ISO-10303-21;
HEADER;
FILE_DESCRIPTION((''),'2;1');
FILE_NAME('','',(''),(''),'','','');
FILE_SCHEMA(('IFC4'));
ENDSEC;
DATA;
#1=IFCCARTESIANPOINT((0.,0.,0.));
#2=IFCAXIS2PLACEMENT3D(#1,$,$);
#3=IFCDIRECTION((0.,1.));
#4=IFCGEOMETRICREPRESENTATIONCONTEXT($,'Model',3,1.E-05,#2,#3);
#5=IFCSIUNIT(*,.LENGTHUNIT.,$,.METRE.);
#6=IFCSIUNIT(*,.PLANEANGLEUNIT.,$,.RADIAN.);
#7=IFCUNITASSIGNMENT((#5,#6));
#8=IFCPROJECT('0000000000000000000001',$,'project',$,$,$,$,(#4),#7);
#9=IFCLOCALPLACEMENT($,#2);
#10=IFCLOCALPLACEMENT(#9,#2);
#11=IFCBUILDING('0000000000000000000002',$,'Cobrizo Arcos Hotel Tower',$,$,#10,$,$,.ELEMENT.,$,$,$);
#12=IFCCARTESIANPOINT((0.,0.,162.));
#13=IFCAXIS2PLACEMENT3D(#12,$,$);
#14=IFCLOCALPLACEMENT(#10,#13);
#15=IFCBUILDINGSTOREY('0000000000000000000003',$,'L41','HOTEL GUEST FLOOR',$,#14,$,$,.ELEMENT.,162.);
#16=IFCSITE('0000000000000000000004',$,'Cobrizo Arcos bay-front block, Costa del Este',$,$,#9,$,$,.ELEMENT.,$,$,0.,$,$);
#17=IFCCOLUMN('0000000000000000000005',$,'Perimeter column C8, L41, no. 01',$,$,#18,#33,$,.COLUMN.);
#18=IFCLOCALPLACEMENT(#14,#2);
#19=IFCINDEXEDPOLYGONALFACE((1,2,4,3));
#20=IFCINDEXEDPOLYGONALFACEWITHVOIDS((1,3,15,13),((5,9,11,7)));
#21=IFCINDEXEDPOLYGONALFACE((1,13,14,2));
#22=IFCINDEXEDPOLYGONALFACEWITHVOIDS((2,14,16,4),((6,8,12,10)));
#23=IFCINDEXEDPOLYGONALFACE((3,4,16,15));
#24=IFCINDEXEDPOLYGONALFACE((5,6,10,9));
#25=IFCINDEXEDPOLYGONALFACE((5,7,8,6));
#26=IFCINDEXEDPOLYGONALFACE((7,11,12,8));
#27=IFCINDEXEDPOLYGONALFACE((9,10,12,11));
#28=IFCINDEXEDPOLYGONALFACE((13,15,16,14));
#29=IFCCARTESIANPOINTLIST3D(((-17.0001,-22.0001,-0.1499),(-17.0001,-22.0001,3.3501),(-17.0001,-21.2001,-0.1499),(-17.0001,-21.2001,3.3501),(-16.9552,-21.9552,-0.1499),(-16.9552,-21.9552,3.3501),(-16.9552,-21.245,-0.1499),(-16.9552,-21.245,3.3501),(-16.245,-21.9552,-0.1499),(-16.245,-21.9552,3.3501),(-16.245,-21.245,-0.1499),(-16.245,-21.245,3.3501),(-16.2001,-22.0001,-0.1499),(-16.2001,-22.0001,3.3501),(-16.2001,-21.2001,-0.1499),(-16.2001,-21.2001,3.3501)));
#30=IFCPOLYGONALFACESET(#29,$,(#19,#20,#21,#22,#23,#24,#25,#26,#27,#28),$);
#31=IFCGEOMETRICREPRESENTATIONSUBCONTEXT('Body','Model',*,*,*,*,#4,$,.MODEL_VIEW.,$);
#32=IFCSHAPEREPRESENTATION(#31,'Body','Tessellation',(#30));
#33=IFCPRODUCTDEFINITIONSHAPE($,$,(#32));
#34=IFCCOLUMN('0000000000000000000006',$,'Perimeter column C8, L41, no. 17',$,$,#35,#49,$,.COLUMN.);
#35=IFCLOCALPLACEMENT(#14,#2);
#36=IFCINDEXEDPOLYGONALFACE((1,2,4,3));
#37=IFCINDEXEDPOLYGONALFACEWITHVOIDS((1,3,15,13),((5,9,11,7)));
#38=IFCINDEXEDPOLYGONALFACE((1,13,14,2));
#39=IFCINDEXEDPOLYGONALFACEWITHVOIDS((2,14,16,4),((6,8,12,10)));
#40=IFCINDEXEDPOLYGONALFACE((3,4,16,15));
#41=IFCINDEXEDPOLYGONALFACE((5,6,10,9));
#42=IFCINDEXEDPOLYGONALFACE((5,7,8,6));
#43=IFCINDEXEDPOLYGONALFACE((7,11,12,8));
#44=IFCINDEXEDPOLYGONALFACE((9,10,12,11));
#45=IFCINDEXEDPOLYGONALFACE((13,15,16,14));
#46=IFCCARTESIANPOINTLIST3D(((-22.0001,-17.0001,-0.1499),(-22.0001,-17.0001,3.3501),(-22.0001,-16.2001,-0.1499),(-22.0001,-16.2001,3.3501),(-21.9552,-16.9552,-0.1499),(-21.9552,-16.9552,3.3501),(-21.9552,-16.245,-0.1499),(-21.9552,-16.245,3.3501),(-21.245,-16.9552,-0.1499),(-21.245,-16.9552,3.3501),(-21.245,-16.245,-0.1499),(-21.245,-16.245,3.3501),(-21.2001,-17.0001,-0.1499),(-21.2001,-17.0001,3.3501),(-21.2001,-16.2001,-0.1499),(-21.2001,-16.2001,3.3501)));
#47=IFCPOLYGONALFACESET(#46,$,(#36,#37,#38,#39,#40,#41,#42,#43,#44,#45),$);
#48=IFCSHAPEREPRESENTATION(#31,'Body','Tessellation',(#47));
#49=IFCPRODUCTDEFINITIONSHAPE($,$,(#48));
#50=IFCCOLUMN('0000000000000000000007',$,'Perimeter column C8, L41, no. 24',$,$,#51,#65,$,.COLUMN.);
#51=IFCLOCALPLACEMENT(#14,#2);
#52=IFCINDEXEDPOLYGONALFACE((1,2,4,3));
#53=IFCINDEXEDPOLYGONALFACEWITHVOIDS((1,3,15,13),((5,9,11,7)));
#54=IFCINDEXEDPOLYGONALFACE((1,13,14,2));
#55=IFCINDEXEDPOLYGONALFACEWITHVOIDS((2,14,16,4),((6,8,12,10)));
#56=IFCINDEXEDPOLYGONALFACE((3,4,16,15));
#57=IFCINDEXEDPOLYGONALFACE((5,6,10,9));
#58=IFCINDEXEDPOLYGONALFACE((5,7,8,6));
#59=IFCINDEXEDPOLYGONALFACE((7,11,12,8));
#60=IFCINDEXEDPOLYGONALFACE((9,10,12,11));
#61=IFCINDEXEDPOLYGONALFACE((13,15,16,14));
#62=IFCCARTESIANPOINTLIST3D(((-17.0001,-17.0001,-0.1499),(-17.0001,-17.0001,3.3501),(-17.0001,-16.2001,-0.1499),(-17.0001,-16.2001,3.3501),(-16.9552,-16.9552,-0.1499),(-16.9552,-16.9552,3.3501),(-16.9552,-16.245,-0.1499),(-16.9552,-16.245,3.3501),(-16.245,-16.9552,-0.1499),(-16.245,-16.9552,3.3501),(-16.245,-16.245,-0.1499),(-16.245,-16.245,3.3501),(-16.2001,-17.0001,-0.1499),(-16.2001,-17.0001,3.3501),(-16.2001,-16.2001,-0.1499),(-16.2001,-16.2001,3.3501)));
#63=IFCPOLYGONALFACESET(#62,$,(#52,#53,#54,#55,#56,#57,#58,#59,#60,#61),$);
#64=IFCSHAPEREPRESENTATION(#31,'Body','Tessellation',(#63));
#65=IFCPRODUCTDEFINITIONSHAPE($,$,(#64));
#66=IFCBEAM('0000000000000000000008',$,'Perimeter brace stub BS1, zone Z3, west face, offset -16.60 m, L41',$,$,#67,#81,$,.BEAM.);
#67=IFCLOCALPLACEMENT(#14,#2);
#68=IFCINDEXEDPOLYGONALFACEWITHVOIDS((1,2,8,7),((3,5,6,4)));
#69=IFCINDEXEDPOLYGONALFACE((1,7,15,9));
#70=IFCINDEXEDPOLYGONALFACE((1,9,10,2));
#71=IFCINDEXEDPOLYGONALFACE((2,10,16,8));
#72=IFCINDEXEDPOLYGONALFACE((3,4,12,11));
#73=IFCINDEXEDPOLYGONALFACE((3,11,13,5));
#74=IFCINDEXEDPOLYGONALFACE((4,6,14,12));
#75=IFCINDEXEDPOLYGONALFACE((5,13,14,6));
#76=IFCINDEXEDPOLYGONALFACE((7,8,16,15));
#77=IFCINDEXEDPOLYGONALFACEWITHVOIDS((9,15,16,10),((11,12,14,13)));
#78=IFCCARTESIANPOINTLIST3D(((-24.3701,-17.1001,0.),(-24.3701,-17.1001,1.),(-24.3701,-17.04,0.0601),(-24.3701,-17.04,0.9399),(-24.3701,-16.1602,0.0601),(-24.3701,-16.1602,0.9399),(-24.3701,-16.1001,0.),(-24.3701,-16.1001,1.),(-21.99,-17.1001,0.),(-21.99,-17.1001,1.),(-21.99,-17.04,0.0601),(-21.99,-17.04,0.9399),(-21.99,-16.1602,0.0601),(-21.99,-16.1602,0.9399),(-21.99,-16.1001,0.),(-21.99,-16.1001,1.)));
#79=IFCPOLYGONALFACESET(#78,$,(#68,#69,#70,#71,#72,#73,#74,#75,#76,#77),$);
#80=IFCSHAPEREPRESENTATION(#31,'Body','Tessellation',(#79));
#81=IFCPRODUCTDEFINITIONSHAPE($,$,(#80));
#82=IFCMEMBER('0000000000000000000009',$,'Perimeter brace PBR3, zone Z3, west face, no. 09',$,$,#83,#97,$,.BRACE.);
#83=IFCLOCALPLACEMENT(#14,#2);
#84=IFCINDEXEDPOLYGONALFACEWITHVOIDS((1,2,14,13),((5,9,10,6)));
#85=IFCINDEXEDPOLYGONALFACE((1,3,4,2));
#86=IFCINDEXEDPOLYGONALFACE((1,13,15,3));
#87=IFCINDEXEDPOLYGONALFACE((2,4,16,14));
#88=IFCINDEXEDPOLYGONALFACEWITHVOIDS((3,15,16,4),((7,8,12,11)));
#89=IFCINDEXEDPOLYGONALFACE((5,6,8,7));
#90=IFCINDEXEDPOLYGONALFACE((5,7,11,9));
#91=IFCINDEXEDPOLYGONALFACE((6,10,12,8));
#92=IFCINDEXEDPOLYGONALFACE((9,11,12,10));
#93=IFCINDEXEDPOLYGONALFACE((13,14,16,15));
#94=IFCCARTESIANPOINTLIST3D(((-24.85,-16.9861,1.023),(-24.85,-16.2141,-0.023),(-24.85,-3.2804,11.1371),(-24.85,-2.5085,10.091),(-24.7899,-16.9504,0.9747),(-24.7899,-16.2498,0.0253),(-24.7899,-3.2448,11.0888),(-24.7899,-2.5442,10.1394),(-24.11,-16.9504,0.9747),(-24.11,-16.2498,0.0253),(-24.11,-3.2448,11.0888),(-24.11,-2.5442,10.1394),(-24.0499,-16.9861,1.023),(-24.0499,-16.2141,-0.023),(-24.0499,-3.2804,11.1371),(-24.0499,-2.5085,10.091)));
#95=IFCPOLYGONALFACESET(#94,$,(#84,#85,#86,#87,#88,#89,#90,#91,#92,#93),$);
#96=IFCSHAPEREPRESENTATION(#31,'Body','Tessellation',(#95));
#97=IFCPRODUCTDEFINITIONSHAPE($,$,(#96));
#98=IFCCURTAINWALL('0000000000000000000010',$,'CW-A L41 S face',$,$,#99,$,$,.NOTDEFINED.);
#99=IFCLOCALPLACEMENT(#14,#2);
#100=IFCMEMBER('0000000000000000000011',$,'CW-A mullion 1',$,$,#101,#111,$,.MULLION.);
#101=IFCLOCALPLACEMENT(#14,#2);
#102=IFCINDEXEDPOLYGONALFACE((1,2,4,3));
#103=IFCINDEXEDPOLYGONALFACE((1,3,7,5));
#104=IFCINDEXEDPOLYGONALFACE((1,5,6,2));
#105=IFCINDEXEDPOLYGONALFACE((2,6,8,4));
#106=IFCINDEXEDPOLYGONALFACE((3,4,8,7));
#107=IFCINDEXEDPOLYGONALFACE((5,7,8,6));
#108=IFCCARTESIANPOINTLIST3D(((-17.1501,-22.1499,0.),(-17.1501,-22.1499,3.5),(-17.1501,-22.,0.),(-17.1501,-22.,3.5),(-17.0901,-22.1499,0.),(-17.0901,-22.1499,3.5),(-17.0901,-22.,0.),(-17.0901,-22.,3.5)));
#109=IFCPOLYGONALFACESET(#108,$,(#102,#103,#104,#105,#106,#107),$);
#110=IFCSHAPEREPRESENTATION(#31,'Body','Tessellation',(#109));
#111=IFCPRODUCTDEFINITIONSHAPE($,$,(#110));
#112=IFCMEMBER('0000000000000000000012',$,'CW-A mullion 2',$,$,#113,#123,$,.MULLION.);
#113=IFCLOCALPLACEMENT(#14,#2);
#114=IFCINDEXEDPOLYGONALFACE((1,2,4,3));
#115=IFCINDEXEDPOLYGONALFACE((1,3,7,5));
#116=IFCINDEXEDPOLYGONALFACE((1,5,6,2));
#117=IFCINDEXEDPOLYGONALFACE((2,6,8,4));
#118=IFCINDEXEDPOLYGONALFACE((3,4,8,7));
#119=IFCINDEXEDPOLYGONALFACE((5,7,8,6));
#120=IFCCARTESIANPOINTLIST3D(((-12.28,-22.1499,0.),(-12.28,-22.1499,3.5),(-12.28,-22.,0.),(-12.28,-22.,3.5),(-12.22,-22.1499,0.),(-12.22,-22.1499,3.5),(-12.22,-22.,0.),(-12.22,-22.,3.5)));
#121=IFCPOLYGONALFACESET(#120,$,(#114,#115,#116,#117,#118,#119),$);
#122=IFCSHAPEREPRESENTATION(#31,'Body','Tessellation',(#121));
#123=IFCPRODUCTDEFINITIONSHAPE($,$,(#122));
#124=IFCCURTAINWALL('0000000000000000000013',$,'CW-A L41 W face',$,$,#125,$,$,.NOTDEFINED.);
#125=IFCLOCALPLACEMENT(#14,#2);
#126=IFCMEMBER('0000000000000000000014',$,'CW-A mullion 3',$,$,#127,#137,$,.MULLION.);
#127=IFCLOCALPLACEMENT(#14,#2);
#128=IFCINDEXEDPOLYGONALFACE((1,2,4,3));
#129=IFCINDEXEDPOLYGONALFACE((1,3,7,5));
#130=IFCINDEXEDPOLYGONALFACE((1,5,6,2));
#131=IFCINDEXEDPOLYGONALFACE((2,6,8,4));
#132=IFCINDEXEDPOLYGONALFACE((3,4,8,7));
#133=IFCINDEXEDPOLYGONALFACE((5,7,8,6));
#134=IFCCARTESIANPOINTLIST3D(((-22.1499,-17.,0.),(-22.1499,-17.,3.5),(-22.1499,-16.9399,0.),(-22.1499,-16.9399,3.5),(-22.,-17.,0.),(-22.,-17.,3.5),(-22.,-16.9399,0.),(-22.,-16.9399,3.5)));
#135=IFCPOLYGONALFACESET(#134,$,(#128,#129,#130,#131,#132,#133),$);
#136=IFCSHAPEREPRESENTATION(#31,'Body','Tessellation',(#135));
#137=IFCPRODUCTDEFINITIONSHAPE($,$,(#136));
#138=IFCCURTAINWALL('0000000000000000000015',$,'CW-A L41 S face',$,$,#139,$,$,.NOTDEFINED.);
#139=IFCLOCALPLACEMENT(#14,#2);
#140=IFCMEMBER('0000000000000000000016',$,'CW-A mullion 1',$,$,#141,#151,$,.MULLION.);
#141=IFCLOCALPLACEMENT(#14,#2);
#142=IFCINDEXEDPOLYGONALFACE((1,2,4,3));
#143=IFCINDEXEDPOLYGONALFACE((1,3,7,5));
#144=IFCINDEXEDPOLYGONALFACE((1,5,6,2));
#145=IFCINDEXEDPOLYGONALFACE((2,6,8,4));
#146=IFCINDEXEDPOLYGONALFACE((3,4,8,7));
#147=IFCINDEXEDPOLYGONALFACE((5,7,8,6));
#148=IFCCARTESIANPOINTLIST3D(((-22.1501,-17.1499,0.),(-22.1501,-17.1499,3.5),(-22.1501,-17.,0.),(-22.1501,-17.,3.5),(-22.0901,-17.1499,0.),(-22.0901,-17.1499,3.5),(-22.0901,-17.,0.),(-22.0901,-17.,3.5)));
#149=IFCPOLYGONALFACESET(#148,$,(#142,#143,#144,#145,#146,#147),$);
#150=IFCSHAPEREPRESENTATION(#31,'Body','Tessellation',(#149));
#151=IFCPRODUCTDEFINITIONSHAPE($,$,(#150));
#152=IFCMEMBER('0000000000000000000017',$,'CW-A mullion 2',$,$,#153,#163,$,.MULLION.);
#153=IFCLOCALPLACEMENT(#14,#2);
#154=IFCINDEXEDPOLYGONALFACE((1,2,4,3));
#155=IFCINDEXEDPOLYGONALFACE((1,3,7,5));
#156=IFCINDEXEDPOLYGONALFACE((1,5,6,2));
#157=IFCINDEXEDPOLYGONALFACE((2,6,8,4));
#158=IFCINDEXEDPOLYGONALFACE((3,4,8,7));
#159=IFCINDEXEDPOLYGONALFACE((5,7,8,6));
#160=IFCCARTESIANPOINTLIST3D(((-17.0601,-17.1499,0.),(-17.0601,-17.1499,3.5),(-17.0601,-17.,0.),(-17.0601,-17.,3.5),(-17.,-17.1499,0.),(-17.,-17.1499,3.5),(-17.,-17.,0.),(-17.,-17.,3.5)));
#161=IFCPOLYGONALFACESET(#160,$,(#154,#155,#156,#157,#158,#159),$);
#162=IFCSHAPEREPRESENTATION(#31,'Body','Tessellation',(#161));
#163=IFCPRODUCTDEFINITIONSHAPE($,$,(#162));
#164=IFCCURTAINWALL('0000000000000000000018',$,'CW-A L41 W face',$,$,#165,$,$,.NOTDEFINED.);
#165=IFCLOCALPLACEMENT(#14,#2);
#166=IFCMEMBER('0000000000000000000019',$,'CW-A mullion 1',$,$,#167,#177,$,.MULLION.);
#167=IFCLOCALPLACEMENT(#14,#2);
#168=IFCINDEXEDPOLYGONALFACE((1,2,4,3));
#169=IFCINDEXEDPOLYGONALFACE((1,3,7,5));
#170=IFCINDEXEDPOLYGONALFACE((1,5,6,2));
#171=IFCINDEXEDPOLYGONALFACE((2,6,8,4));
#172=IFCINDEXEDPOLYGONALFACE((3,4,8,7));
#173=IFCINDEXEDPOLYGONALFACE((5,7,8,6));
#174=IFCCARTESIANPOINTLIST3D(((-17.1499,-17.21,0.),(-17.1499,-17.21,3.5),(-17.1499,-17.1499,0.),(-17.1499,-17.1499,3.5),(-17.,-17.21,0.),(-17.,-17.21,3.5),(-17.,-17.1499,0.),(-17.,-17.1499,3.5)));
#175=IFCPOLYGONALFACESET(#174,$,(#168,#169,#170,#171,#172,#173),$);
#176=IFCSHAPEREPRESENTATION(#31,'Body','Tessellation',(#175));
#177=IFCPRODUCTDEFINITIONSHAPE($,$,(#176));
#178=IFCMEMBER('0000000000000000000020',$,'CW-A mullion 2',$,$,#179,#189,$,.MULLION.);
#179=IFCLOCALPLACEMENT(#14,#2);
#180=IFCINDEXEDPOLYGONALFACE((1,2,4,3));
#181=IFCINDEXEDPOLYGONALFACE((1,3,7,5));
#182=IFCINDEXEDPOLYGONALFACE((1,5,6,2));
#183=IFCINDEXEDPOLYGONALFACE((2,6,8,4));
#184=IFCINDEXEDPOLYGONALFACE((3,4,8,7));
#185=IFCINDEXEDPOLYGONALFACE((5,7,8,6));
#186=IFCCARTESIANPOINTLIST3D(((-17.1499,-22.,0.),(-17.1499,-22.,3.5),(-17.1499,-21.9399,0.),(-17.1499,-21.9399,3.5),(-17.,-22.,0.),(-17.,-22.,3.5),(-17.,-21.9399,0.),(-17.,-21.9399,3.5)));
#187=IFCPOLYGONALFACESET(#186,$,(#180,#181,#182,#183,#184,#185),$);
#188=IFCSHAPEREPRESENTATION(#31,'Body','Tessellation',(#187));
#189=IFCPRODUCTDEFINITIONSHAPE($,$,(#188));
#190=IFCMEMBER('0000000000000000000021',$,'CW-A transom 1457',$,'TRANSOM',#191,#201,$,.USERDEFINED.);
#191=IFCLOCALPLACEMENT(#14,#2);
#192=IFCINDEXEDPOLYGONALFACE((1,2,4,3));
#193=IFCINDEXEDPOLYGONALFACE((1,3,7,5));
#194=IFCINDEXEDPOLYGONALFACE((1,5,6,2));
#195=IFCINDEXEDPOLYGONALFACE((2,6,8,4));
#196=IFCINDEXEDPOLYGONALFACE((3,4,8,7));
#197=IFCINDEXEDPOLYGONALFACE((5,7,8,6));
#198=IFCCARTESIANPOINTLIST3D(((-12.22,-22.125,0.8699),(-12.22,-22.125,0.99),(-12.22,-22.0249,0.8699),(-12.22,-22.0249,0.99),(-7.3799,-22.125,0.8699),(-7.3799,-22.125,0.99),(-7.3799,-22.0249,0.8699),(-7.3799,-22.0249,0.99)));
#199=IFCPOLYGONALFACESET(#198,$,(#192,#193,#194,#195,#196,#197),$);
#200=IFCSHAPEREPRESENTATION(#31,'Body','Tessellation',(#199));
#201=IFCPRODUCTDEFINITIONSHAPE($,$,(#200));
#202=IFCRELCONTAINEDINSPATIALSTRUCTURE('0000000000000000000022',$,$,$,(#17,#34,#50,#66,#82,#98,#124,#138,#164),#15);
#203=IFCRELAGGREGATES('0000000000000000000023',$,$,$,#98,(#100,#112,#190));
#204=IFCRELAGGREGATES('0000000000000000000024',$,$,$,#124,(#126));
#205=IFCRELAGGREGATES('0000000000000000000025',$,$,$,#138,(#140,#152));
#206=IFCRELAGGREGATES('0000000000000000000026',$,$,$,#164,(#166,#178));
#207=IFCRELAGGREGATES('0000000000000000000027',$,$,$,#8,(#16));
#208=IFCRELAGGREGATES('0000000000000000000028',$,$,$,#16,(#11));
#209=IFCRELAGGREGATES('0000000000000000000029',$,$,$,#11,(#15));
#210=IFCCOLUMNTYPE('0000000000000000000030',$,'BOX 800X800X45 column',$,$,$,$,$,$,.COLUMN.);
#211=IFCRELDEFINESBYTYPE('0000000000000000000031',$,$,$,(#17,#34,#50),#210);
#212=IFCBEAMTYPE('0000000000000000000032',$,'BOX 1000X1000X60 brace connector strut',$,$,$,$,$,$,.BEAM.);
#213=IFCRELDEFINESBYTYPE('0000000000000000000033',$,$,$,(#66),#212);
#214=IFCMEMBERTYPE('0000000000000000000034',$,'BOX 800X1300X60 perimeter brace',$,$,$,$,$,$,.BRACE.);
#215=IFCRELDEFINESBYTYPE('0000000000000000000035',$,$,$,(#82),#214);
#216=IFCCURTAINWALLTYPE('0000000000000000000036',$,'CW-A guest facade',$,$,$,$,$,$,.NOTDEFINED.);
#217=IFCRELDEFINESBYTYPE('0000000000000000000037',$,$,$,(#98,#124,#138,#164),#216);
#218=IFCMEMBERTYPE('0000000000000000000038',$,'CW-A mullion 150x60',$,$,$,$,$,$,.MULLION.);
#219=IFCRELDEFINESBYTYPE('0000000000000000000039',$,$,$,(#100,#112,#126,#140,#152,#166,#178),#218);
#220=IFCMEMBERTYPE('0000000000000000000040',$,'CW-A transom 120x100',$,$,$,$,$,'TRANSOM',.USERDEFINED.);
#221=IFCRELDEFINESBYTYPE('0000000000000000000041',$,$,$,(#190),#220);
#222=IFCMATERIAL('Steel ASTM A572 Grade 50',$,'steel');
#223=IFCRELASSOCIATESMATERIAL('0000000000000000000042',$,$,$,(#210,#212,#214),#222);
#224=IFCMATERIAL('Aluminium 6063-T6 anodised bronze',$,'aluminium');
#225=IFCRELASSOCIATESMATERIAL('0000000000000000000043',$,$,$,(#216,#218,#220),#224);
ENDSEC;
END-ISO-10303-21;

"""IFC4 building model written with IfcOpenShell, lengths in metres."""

from ifc_helpers import new_model, si_unit, direction, frame, origin, origin_2d, place, context, subcontext, project, spatial, rectangle, hollow_rectangle, extrude, material, material_profile, profile_set, type_object, element, aggregate, save


model = new_model("IFC4")

# Units and contexts
model_context = context("Model", 3, precision=1e-05, world=origin(), true_north=direction((0.0, 1.0)))
body_context = subcontext(model_context, "Body", "Model", "MODEL_VIEW")
ifc_project = project(units=[si_unit("LENGTHUNIT", "METRE"), si_unit("PLANEANGLEUNIT", "RADIAN")], contexts=[model_context])

# Site, building, storey
site_placement = place(None, origin())
site = spatial("IfcSite", under=ifc_project, at=site_placement, Name="Cobrizo Arcos bay-front block, Costa del Este", CompositionType="ELEMENT", RefElevation=0.0)
building_placement = place(site_placement, origin())
building = spatial("IfcBuilding", under=site, at=building_placement, Name="Cobrizo Arcos Hotel Tower", CompositionType="ELEMENT")
storey_placement = place(building_placement, frame((0.0, 0.0, 162.0)))
storey = spatial("IfcBuildingStorey", under=building, at=storey_placement, Name="L41", Description="HOTEL GUEST FLOOR", CompositionType="ELEMENT", Elevation=162.0)

# Columns
ifc_material_1 = material(Name="Steel ASTM A572 Grade 50", Category="steel")
ifc_material_profile_1 = material_profile(ifc_material_1, hollow_rectangle(XDim=0.8, YDim=0.8, WallThickness=0.0449, at=origin_2d()), Name="BOX 800X800X45")
ifc_profile_set_1 = profile_set([ifc_material_profile_1], Name="Steel ASTM A572 Grade 50")
column_type = type_object("IfcColumnType", Name="BOX 800X800X45 column", PredefinedType="COLUMN", material=ifc_profile_set_1)
for number, where, z_axis, x_axis, name in (
    (1, (-16.6001, -21.6001, -0.1499), (0.0, 0.0, 1.0), (1.0, 0.0, 0.0), "Perimeter column C8, L41, no. 01"),
    (2, (-21.6001, -16.6001, -0.1499), (0.0, 0.0, 1.0), (1.0, 0.0, 0.0), "Perimeter column C8, L41, no. 17"),
    (3, (-16.6001, -16.6001, -0.1499), (0.0, 0.0, 1.0), (1.0, 0.0, 0.0), "Perimeter column C8, L41, no. 24"),
):
    element("IfcColumn", number, at=place(storey_placement, frame(where, z_axis=z_axis, x_axis=x_axis)), inside=storey, type_object=column_type, Name=name, PredefinedType="COLUMN", context=body_context, shape_type="SweptSolid", body=[
        extrude(hollow_rectangle(XDim=0.8, YDim=0.8, WallThickness=0.0449, at=origin_2d()), origin(), (0.0, 0.0, 1.0), 3.5),
    ])

# Beam
ifc_material_profile_2 = material_profile(ifc_material_1, hollow_rectangle(XDim=1.0, YDim=1.0, WallThickness=0.0601, at=origin_2d()), Name="BOX 1000X1000X60")
ifc_profile_set_2 = profile_set([ifc_material_profile_2], Name="Steel ASTM A572 Grade 50")
beam_type_1 = type_object("IfcBeamType", Name="BOX 1000X1000X60 brace connector strut", PredefinedType="BEAM", material=ifc_profile_set_2)
beam_1_placement = place(storey_placement, frame((-21.99, -16.6001, 0.5), z_axis=(-1.0, 0.0, 0.0), x_axis=(0.0, -1.0, 0.0)))
element("IfcBeam", 4, at=beam_1_placement, inside=storey, type_object=beam_type_1, Name="Perimeter brace stub BS1, zone Z3, west face, offset -16.60 m, L41", PredefinedType="BEAM", context=body_context, shape_type="SweptSolid", body=[
    extrude(hollow_rectangle(XDim=1.0, YDim=1.0, WallThickness=0.0601, at=origin_2d()), origin(), (0.0, 0.0, 1.0), 2.3801),
])

# Member
ifc_material_profile_3 = material_profile(ifc_material_1, hollow_rectangle(XDim=0.8, YDim=1.3, WallThickness=0.0601, at=origin_2d()), Name="BOX 800X1300X60")
ifc_profile_set_3 = profile_set([ifc_material_profile_3], Name="Steel ASTM A572 Grade 50")
member_type_1 = type_object("IfcMemberType", Name="BOX 800X1300X60 perimeter brace", PredefinedType="BRACE", material=ifc_profile_set_3)
member_1_placement = place(storey_placement, frame((-24.45, -16.6001, 0.5), z_axis=(0.0, 0.80463, 0.593776), x_axis=(-1.0, 0.0, 0.0)))
element("IfcMember", 5, at=member_1_placement, inside=storey, type_object=member_type_1, Name="Perimeter brace PBR3, zone Z3, west face, no. 09", PredefinedType="BRACE", context=body_context, shape_type="SweptSolid", body=[
    extrude(hollow_rectangle(XDim=0.8, YDim=1.3, WallThickness=0.0601, at=origin_2d()), origin(), (0.0, 0.0, 1.0), 17.0334),
])

# Curtain wall, members
ifc_material_2 = material(Name="Aluminium 6063-T6 anodised bronze", Category="aluminium")
curtain_wall_type = type_object("IfcCurtainWallType", Name="CW-A guest facade", PredefinedType="NOTDEFINED", material=ifc_material_2)
curtain_wall_1_placement = place(storey_placement, origin())
curtain_wall_1 = element("IfcCurtainWall", 6, at=curtain_wall_1_placement, inside=storey, type_object=curtain_wall_type, Name="CW-A L41 S face", PredefinedType="NOTDEFINED")
ifc_material_profile_4 = material_profile(ifc_material_2, rectangle(XDim=0.1499, YDim=0.0601, at=origin_2d()), Name="CW-A mullion 150x60")
ifc_profile_set_4 = profile_set([ifc_material_profile_4], Name="Aluminium 6063-T6 anodised bronze")
member_type_2 = type_object("IfcMemberType", Name="CW-A mullion 150x60", PredefinedType="MULLION", material=ifc_profile_set_4)
member_2_placement = place(storey_placement, frame((-17.1201, -22.075, 0.0), z_axis=(0.0, 0.0, 1.0), x_axis=(0.0, -1.0, 0.0)))
member_2 = element("IfcMember", 7, at=member_2_placement, type_object=member_type_2, Name="CW-A mullion 1", PredefinedType="MULLION", context=body_context, shape_type="SweptSolid", body=[
    extrude(rectangle(XDim=0.1499, YDim=0.0601, at=origin_2d()), origin(), (0.0, 0.0, 1.0), 3.5),
])
member_3_placement = place(storey_placement, frame((-12.25, -22.075, 0.0), z_axis=(0.0, 0.0, 1.0), x_axis=(0.0, -1.0, 0.0)))
member_3 = element("IfcMember", 8, at=member_3_placement, type_object=member_type_2, Name="CW-A mullion 2", PredefinedType="MULLION", context=body_context, shape_type="SweptSolid", body=[
    extrude(rectangle(XDim=0.1499, YDim=0.0601, at=origin_2d()), origin(), (0.0, 0.0, 1.0), 3.5),
])

# Curtain wall, member
curtain_wall_2_placement = place(storey_placement, origin())
curtain_wall_2 = element("IfcCurtainWall", 9, at=curtain_wall_2_placement, inside=storey, type_object=curtain_wall_type, Name="CW-A L41 W face", PredefinedType="NOTDEFINED")
member_4_placement = place(storey_placement, frame((-22.075, -16.97, 0.0), z_axis=(0.0, 0.0, 1.0), x_axis=(-1.0, 0.0, 0.0)))
member_4 = element("IfcMember", 10, at=member_4_placement, type_object=member_type_2, Name="CW-A mullion 3", PredefinedType="MULLION", context=body_context, shape_type="SweptSolid", body=[
    extrude(rectangle(XDim=0.1499, YDim=0.0601, at=origin_2d()), origin(), (0.0, 0.0, 1.0), 3.5),
])

# Curtain walls, members
curtain_wall_3_placement = place(storey_placement, origin())
curtain_wall_3 = element("IfcCurtainWall", 11, at=curtain_wall_3_placement, inside=storey, type_object=curtain_wall_type, Name="CW-A L41 S face", PredefinedType="NOTDEFINED")
member_5_placement = place(storey_placement, frame((-22.1201, -17.075, 0.0), z_axis=(0.0, 0.0, 1.0), x_axis=(0.0, -1.0, 0.0)))
member_5 = element("IfcMember", 12, at=member_5_placement, type_object=member_type_2, Name="CW-A mullion 1", PredefinedType="MULLION", context=body_context, shape_type="SweptSolid", body=[
    extrude(rectangle(XDim=0.1499, YDim=0.0601, at=origin_2d()), origin(), (0.0, 0.0, 1.0), 3.5),
])
member_6_placement = place(storey_placement, frame((-17.03, -17.075, 0.0), z_axis=(0.0, 0.0, 1.0), x_axis=(0.0, -1.0, 0.0)))
member_6 = element("IfcMember", 13, at=member_6_placement, type_object=member_type_2, Name="CW-A mullion 2", PredefinedType="MULLION", context=body_context, shape_type="SweptSolid", body=[
    extrude(rectangle(XDim=0.1499, YDim=0.0601, at=origin_2d()), origin(), (0.0, 0.0, 1.0), 3.5),
])
curtain_wall_4_placement = place(storey_placement, origin())
curtain_wall_4 = element("IfcCurtainWall", 14, at=curtain_wall_4_placement, inside=storey, type_object=curtain_wall_type, Name="CW-A L41 W face", PredefinedType="NOTDEFINED")
member_7_placement = place(storey_placement, frame((-17.075, -17.1799, 0.0), z_axis=(0.0, 0.0, 1.0), x_axis=(-1.0, 0.0, 0.0)))
member_7 = element("IfcMember", 15, at=member_7_placement, type_object=member_type_2, Name="CW-A mullion 1", PredefinedType="MULLION", context=body_context, shape_type="SweptSolid", body=[
    extrude(rectangle(XDim=0.1499, YDim=0.0601, at=origin_2d()), origin(), (0.0, 0.0, 1.0), 3.5),
])
member_8_placement = place(storey_placement, frame((-17.075, -21.97, 0.0), z_axis=(0.0, 0.0, 1.0), x_axis=(-1.0, 0.0, 0.0)))
member_8 = element("IfcMember", 16, at=member_8_placement, type_object=member_type_2, Name="CW-A mullion 2", PredefinedType="MULLION", context=body_context, shape_type="SweptSolid", body=[
    extrude(rectangle(XDim=0.1499, YDim=0.0601, at=origin_2d()), origin(), (0.0, 0.0, 1.0), 3.5),
])

# Member
ifc_material_profile_5 = material_profile(ifc_material_2, rectangle(XDim=0.1001, YDim=0.1201, at=origin_2d()), Name="CW-A transom 120x100")
ifc_profile_set_5 = profile_set([ifc_material_profile_5], Name="Aluminium 6063-T6 anodised bronze")
member_type_3 = type_object("IfcMemberType", Name="CW-A transom 120x100", ElementType="TRANSOM", PredefinedType="USERDEFINED", material=ifc_profile_set_5)
member_9_placement = place(storey_placement, frame((-12.22, -22.075, 0.9299), z_axis=(1.0, 0.0, 0.0), x_axis=(0.0, 1.0, 0.0)))
member_9 = element("IfcMember", 17, at=member_9_placement, type_object=member_type_3, Name="CW-A transom 1457", ObjectType="TRANSOM", PredefinedType="USERDEFINED", context=body_context, shape_type="SweptSolid", body=[
    extrude(rectangle(XDim=0.1001, YDim=0.1201, at=origin_2d()), origin(), (0.0, 0.0, 1.0), 4.8401),
])

aggregate(curtain_wall_1, [member_2, member_3, member_9])
aggregate(curtain_wall_2, [member_4])
aggregate(curtain_wall_3, [member_5, member_6])
aggregate(curtain_wall_4, [member_7, member_8])

save(model, "model.ifc")
